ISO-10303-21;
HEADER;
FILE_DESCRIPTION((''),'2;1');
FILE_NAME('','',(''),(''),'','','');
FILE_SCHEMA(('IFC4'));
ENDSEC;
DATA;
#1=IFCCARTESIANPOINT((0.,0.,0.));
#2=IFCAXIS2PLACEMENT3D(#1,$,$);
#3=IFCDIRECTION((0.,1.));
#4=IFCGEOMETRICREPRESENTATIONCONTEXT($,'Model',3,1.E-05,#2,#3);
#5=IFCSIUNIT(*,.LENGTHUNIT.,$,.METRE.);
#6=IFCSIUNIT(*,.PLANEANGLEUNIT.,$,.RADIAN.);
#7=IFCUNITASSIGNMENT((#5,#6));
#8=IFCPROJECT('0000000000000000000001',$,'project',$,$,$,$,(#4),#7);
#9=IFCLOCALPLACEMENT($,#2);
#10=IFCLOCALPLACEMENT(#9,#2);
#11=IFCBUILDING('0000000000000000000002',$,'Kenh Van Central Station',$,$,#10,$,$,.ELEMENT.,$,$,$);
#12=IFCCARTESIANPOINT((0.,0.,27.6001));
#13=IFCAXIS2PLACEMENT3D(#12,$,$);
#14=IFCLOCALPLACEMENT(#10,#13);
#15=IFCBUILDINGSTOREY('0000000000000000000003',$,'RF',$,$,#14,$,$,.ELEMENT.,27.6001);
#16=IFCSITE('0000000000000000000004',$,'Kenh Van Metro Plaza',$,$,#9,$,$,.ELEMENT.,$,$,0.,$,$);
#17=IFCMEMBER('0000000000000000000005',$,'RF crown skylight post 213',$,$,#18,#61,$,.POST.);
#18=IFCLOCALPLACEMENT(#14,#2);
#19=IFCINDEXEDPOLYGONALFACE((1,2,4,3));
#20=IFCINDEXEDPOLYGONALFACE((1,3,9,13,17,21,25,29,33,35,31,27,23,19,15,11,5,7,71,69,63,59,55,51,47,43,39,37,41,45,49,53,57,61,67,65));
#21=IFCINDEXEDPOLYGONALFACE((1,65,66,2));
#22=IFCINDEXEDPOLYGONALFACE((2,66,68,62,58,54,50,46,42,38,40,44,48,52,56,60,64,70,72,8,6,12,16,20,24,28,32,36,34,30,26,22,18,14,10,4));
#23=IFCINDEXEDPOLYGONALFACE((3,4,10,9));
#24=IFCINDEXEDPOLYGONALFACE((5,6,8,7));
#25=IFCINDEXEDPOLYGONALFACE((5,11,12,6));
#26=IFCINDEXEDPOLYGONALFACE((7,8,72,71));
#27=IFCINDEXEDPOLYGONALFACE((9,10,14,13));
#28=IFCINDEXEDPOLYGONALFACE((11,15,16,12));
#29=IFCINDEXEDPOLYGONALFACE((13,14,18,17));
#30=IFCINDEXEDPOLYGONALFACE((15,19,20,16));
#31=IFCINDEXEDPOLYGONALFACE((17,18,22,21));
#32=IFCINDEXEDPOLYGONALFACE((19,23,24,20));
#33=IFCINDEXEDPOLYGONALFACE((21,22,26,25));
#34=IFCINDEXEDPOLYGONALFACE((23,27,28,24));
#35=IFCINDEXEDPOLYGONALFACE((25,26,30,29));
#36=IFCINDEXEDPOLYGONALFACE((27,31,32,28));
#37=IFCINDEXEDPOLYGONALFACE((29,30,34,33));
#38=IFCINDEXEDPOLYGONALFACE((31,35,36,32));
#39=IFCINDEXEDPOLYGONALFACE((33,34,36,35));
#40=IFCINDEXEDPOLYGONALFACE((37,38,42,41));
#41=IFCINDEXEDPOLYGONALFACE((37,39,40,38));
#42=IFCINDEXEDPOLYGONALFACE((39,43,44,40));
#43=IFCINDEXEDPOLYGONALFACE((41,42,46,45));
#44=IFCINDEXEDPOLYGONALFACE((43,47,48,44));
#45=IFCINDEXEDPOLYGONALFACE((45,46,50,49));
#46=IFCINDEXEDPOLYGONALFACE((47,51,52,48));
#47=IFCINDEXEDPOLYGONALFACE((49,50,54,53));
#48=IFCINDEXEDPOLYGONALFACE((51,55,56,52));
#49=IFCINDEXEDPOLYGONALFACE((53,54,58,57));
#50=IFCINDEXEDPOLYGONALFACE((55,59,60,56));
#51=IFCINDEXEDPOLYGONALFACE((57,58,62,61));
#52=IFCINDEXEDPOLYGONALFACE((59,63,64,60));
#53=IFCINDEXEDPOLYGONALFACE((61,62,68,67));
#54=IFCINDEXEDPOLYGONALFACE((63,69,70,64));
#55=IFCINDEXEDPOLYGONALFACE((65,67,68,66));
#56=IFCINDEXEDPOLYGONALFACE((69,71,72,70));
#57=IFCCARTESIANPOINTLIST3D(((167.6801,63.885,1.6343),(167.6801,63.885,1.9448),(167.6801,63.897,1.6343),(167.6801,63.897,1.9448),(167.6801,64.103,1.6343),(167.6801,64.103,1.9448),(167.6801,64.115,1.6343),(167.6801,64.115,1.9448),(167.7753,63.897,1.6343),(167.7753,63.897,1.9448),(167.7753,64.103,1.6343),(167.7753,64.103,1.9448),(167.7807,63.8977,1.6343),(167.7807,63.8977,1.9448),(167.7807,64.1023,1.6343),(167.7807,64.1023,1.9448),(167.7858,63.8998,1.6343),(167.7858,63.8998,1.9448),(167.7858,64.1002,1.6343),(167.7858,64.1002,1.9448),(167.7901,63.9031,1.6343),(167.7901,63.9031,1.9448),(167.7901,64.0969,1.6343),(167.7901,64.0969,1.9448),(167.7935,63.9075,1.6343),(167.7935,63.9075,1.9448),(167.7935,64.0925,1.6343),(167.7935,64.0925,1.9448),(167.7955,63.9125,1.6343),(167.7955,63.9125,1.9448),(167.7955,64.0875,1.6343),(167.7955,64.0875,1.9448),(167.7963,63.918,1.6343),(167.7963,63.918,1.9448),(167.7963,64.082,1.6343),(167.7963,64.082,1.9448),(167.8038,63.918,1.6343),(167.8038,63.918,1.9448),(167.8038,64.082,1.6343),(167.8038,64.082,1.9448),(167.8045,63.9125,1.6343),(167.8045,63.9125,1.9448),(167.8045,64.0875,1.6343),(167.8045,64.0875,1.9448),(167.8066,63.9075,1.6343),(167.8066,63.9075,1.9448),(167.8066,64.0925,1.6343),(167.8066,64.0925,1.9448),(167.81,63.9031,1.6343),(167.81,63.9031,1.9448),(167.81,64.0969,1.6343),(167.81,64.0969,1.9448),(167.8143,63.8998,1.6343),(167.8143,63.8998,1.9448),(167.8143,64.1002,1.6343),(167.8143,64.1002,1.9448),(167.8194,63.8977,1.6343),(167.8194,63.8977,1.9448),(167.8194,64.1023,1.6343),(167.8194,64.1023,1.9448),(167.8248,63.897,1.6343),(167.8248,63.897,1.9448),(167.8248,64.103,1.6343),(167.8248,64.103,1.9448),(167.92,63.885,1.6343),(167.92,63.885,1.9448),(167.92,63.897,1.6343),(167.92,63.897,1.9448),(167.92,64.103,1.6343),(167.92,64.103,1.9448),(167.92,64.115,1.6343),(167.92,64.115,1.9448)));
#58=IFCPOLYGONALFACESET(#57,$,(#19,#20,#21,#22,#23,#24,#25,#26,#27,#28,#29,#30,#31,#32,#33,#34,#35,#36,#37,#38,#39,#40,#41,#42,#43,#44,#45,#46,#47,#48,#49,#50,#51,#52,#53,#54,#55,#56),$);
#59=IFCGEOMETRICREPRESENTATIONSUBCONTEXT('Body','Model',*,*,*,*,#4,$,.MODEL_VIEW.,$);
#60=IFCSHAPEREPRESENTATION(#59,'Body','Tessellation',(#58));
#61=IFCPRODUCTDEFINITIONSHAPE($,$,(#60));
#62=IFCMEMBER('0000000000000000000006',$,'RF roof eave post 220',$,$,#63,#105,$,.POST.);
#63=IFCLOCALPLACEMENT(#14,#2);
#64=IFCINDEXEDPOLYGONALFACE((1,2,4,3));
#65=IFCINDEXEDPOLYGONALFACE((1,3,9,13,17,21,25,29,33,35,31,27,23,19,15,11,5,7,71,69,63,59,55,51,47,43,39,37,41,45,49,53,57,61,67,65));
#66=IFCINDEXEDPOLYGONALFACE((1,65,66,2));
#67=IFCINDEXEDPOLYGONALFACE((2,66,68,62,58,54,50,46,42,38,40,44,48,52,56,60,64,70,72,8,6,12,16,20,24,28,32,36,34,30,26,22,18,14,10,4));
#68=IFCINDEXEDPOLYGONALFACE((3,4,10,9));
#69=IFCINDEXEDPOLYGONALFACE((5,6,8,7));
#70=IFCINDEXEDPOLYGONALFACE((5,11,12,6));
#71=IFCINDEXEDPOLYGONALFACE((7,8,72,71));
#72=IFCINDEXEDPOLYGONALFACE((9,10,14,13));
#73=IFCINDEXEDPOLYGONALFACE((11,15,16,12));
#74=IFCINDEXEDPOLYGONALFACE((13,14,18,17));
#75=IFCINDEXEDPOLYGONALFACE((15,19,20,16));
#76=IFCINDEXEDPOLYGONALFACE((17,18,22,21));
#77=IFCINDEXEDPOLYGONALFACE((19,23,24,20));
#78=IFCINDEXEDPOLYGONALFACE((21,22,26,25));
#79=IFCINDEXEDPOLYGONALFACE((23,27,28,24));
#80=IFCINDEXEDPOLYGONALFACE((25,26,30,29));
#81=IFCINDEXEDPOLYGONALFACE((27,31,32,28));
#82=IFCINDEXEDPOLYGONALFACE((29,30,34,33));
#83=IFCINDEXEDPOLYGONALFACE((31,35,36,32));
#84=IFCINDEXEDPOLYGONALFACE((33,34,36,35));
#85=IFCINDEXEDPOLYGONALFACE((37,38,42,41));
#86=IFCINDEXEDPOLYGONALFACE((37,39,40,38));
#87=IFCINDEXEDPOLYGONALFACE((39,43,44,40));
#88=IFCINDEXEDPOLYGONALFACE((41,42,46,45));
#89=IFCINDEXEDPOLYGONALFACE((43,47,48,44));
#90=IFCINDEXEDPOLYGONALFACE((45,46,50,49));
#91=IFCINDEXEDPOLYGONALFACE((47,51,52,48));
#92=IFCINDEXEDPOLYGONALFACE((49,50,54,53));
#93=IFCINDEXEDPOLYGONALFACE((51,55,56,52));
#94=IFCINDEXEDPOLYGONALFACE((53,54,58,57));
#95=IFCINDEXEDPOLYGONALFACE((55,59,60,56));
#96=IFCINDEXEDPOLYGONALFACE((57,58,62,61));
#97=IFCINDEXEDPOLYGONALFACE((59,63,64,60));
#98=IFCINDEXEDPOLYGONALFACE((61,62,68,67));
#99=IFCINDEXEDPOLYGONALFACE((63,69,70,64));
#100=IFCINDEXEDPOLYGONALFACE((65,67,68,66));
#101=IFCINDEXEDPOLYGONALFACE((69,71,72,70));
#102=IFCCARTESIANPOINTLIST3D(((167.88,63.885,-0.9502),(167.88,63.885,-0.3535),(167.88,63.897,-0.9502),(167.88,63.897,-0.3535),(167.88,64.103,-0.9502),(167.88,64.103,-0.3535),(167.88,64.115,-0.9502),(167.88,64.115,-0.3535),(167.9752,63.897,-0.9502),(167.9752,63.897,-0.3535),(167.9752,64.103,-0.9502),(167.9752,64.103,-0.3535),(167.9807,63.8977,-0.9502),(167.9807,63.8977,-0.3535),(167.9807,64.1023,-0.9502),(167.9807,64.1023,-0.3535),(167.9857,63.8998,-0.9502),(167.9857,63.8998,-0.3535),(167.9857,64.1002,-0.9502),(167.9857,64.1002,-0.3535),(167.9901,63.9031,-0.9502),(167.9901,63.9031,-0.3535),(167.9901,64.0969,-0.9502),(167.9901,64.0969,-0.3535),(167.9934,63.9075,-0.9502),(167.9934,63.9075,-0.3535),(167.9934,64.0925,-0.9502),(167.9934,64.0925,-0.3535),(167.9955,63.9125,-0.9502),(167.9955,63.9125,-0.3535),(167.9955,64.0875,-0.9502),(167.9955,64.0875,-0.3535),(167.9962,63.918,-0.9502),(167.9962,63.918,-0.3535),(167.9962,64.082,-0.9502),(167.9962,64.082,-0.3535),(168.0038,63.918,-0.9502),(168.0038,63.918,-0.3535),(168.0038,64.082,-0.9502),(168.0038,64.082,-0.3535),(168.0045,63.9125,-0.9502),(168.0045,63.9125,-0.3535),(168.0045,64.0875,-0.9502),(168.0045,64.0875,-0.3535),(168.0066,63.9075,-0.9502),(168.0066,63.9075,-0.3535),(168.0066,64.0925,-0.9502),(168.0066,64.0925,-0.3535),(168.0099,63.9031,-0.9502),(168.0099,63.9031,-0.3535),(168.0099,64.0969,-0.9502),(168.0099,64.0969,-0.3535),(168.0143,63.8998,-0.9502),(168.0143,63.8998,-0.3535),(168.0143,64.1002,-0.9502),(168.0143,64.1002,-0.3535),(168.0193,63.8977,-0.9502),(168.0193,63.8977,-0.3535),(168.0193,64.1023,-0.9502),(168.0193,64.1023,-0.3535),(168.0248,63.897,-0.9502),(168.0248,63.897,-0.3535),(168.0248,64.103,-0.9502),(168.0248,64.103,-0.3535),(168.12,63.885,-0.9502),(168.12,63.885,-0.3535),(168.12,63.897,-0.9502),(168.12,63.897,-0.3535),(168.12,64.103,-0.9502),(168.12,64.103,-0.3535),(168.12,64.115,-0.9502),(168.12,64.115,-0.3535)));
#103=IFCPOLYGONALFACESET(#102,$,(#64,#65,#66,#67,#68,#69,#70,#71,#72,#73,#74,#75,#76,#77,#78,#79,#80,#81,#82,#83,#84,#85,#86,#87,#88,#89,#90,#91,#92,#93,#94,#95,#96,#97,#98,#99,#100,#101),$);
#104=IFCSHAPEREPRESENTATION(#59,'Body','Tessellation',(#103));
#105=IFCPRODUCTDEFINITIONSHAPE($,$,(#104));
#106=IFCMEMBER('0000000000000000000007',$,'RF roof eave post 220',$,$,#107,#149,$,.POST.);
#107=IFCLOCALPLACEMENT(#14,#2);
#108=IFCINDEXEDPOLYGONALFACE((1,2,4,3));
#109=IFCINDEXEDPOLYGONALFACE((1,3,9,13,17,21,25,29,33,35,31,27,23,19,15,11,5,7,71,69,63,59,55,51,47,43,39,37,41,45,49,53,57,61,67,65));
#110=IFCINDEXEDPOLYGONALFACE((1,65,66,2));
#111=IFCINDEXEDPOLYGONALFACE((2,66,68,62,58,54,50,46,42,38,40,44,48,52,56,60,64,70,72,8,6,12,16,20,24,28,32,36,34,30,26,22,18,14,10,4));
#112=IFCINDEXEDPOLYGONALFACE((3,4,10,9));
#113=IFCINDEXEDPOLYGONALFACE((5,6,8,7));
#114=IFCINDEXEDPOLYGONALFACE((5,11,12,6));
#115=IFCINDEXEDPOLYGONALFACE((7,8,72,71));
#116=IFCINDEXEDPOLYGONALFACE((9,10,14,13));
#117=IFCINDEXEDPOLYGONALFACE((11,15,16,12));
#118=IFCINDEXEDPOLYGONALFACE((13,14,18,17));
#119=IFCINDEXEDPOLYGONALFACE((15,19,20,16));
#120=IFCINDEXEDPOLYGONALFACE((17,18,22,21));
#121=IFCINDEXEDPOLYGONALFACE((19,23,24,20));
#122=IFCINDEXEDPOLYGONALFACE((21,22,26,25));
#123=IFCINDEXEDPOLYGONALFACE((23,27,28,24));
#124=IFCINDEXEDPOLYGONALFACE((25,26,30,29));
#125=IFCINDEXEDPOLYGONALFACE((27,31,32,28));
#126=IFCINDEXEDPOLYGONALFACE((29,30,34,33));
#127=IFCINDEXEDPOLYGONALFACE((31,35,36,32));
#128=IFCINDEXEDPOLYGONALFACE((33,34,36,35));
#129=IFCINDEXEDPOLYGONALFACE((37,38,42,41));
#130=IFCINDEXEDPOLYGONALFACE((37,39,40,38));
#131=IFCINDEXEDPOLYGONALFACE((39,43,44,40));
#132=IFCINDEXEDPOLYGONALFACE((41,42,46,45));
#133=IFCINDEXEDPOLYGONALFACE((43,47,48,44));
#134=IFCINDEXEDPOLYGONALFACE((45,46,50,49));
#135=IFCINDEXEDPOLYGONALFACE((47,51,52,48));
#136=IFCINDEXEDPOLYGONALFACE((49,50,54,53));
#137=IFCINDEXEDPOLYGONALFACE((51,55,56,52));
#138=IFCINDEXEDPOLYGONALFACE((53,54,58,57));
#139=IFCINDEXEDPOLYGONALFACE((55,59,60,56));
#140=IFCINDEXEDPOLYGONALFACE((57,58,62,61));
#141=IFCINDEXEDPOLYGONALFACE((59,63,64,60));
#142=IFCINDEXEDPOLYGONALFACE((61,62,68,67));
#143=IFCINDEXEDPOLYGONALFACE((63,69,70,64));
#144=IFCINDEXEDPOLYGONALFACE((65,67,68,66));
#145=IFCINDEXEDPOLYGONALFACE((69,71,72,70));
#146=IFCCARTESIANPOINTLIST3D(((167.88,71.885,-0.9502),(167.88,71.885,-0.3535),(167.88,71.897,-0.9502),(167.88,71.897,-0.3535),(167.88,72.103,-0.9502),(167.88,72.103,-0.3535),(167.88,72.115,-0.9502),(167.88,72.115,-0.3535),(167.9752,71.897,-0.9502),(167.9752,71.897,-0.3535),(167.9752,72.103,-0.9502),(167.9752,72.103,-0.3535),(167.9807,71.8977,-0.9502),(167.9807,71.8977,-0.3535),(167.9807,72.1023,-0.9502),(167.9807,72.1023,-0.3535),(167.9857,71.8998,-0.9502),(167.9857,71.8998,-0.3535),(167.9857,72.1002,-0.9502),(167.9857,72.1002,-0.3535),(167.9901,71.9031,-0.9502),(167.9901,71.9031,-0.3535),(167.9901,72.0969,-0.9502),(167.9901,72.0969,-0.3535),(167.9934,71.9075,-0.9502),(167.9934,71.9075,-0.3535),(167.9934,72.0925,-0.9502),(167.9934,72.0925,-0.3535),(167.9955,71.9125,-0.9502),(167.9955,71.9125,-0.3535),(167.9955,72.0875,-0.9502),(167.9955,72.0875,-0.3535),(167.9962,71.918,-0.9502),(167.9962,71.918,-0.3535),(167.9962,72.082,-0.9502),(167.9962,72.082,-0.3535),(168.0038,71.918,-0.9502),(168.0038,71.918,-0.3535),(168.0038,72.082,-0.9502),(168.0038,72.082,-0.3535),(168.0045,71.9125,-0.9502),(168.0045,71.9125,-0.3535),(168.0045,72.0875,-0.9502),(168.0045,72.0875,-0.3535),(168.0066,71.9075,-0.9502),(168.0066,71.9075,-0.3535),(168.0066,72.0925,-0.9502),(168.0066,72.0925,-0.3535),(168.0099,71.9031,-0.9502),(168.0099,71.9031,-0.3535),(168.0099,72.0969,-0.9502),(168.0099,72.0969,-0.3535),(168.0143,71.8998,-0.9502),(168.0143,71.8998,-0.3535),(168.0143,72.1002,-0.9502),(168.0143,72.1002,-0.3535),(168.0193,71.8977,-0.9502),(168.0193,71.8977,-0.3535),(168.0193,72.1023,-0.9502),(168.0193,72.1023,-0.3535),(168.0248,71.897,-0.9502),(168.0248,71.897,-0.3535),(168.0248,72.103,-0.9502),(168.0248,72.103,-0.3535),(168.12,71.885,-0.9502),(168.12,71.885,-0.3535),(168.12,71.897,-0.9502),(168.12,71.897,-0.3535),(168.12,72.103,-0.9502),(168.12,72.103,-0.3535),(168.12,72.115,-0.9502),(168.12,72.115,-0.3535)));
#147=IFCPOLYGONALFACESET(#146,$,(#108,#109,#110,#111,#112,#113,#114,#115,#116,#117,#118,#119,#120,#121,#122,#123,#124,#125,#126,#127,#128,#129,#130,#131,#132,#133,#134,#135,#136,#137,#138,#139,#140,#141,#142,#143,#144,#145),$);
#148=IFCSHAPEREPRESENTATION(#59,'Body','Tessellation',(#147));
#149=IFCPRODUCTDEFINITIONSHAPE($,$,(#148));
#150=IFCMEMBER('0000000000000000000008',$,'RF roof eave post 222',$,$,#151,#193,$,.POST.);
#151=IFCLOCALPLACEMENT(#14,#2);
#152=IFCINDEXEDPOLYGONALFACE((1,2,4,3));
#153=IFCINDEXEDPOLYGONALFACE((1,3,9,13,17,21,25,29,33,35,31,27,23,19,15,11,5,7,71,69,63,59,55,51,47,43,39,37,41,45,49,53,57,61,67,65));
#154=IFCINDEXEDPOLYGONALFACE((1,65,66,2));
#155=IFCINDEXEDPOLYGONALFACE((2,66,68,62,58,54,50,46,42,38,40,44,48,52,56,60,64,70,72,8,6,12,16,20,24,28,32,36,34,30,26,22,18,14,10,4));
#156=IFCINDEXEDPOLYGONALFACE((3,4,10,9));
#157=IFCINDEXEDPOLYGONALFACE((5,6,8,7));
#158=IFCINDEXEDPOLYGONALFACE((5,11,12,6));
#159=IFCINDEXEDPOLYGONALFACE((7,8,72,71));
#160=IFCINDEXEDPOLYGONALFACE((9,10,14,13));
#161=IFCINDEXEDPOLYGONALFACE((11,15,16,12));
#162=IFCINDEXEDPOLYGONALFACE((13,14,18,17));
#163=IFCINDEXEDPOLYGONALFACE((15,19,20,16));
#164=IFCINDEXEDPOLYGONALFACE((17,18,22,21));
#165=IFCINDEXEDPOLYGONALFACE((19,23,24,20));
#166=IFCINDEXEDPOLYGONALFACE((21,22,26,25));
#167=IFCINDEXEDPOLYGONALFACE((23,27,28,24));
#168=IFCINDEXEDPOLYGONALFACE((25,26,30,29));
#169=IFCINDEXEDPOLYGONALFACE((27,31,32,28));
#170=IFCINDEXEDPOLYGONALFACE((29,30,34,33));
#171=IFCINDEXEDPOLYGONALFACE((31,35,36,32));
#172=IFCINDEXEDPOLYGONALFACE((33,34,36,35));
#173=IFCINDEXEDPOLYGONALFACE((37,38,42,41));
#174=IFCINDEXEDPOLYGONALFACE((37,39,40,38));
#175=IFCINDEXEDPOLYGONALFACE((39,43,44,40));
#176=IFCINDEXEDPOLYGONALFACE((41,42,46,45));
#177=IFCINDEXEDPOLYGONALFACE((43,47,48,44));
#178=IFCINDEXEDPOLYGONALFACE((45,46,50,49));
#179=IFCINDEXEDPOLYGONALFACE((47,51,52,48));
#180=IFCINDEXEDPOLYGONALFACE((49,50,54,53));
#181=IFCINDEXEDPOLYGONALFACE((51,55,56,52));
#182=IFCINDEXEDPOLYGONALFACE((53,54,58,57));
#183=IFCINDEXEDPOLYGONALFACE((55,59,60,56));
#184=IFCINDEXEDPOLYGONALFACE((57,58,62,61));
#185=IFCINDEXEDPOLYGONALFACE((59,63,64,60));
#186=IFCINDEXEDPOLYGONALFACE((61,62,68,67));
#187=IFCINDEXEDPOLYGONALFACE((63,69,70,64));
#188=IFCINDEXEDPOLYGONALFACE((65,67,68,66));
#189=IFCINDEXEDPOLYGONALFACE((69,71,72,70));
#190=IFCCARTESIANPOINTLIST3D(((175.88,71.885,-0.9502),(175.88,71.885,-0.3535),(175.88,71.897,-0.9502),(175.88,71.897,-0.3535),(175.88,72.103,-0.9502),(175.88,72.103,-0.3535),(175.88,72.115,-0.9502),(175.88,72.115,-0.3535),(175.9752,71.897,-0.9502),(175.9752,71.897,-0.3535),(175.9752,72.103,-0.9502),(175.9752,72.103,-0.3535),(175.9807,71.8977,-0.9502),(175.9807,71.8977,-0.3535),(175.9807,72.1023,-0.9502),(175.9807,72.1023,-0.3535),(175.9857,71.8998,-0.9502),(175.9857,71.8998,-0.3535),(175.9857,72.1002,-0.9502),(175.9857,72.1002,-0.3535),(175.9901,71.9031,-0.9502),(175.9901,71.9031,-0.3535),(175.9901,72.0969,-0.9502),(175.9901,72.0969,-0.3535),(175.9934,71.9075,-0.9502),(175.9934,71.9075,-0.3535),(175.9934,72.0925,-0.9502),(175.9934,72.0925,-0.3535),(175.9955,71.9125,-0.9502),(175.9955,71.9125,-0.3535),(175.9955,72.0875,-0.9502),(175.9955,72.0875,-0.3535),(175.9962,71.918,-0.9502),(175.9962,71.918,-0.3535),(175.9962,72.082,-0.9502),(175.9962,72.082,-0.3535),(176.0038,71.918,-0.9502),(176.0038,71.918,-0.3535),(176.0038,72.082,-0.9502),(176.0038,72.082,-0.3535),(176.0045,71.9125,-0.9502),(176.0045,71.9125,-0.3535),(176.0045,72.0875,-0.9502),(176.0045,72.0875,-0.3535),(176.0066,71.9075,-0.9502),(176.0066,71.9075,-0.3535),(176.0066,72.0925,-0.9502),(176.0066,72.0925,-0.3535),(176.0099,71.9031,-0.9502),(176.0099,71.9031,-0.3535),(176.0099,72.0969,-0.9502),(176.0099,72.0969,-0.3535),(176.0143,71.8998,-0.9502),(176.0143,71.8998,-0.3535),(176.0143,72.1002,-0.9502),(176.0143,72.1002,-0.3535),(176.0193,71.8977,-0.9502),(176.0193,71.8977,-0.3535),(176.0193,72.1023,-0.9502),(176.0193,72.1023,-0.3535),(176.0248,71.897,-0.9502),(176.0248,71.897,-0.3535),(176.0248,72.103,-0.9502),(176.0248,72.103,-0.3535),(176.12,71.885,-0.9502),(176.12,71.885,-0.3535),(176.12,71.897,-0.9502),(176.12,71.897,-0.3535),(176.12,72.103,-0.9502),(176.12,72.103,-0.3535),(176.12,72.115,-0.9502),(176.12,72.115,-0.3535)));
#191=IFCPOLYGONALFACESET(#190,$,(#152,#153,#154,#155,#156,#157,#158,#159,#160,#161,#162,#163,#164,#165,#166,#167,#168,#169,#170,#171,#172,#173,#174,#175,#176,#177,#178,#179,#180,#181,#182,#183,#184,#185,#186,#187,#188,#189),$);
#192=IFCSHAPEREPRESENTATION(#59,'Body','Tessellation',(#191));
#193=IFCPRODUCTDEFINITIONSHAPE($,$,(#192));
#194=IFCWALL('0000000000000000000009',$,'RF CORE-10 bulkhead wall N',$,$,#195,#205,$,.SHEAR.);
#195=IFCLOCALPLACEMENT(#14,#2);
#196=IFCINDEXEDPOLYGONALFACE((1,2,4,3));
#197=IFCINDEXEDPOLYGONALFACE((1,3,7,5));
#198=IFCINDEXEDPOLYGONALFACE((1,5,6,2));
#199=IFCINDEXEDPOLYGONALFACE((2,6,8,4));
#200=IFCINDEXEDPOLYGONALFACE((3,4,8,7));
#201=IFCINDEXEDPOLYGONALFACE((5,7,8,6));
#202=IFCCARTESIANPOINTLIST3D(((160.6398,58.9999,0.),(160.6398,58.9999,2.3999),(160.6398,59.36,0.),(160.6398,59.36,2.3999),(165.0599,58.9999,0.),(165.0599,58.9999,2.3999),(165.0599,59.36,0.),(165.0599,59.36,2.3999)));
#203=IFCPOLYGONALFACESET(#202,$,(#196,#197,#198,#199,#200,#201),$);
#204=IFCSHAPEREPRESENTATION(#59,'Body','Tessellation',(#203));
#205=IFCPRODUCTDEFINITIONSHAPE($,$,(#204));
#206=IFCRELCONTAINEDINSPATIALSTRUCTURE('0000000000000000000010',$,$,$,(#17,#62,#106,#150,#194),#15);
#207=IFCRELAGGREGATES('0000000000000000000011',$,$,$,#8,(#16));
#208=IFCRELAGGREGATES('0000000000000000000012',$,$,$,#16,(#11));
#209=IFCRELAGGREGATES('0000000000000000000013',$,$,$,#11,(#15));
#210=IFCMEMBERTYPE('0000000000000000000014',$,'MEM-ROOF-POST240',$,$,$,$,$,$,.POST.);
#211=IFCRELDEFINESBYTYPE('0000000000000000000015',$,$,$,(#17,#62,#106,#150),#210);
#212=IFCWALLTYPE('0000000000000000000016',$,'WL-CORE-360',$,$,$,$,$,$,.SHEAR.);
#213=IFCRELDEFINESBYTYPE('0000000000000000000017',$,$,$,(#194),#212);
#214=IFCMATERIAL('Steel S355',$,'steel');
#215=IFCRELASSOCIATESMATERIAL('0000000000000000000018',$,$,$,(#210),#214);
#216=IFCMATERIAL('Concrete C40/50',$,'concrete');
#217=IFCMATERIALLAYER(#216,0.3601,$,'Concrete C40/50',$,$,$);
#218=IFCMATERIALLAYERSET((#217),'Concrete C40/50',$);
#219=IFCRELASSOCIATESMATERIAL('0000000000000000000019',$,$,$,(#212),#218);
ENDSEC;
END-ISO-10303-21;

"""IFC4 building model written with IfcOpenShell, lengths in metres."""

from ifc_helpers import new_model, si_unit, direction, frame, frame_2d, origin, origin_2d, place, context, subcontext, project, spatial, rectangle, i_section, extrude, material, layer, layer_set, material_profile, profile_set, type_object, element, save


model = new_model("IFC4")

# Units and contexts
model_context = context("Model", 3, precision=1e-05, world=origin(), true_north=direction((0.0, 1.0)))
body_context = subcontext(model_context, "Body", "Model", "MODEL_VIEW")
ifc_project = project(units=[si_unit("LENGTHUNIT", "METRE"), si_unit("PLANEANGLEUNIT", "RADIAN")], contexts=[model_context])

# Site, building, storey
site_placement = place(None, origin())
site = spatial("IfcSite", under=ifc_project, at=site_placement, Name="Kenh Van Metro Plaza", CompositionType="ELEMENT", RefElevation=0.0)
building_placement = place(site_placement, origin())
building = spatial("IfcBuilding", under=site, at=building_placement, Name="Kenh Van Central Station", CompositionType="ELEMENT")
storey_placement = place(building_placement, frame((0.0, 0.0, 27.6001)))
storey = spatial("IfcBuildingStorey", under=building, at=storey_placement, Name="RF", CompositionType="ELEMENT", Elevation=27.6001)

# Shared definitions
ifc_material_1 = material(Name="Steel S355", Category="steel")

# Members
ifc_material_profile_1 = material_profile(ifc_material_1, i_section(OverallWidth=0.24, OverallDepth=0.23, WebThickness=0.0076, FlangeThickness=0.012, FilletRadius=0.021, at=origin_2d()), Name="HEA 240")
ifc_profile_set_1 = profile_set([ifc_material_profile_1], Name="Steel S355")
member_type_1 = type_object("IfcMemberType", Name="MEM-ROOF-POST240", PredefinedType="POST", material=ifc_profile_set_1)
member_1_placement = place(storey_placement, frame((167.8, 64.0, 1.6343), z_axis=(0.0, 0.0, 1.0), x_axis=(1.0, 0.0, 0.0)))
element("IfcMember", 1, at=member_1_placement, inside=storey, type_object=member_type_1, Name="RF crown skylight post 213", PredefinedType="POST", context=body_context, shape_type="SweptSolid", body=[
    extrude(i_section(OverallWidth=0.24, OverallDepth=0.23, WebThickness=0.0076, FlangeThickness=0.012, FilletRadius=0.021, at=origin_2d()), origin(), (0.0, 0.0, 1.0), 0.3105),
])
for number, where, z_axis, x_axis, name in (
    (2, (168.0, 64.0, -0.9502), (0.0, 0.0, 1.0), (1.0, 0.0, 0.0), "RF roof eave post 220"),
    (3, (168.0, 72.0, -0.9502), (0.0, 0.0, 1.0), (1.0, 0.0, 0.0), "RF roof eave post 220"),
    (4, (176.0, 72.0, -0.9502), (0.0, 0.0, 1.0), (1.0, 0.0, 0.0), "RF roof eave post 222"),
):
    element("IfcMember", number, at=place(storey_placement, frame(where, z_axis=z_axis, x_axis=x_axis)), inside=storey, type_object=member_type_1, Name=name, PredefinedType="POST", context=body_context, shape_type="SweptSolid", body=[
        extrude(i_section(OverallWidth=0.24, OverallDepth=0.23, WebThickness=0.0076, FlangeThickness=0.012, FilletRadius=0.021, at=origin_2d()), origin(), (0.0, 0.0, 1.0), 0.5967),
    ])

# Wall
ifc_material_2 = material(Name="Concrete C40/50", Category="concrete")
ifc_layer = layer(ifc_material_2, 0.3601, Name="Concrete C40/50")
ifc_layer_set = layer_set([ifc_layer], Name="Concrete C40/50")
wall_type = type_object("IfcWallType", Name="WL-CORE-360", PredefinedType="SHEAR", material=ifc_layer_set)
wall_1_placement = place(storey_placement, frame((160.6399, 59.1799, 0.0), z_axis=(0.0, 0.0, 1.0), x_axis=(1.0, 0.0, 0.0)))
element("IfcWall", 5, at=wall_1_placement, inside=storey, type_object=wall_type, Name="RF CORE-10 bulkhead wall N", PredefinedType="SHEAR", context=body_context, shape_type="SweptSolid", body=[
    extrude(rectangle(XDim=4.4202, YDim=0.3601, at=frame_2d((2.21, 0.0))), origin(), (0.0, 0.0, 1.0), 2.3999),
])

save(model, "model.ifc")
